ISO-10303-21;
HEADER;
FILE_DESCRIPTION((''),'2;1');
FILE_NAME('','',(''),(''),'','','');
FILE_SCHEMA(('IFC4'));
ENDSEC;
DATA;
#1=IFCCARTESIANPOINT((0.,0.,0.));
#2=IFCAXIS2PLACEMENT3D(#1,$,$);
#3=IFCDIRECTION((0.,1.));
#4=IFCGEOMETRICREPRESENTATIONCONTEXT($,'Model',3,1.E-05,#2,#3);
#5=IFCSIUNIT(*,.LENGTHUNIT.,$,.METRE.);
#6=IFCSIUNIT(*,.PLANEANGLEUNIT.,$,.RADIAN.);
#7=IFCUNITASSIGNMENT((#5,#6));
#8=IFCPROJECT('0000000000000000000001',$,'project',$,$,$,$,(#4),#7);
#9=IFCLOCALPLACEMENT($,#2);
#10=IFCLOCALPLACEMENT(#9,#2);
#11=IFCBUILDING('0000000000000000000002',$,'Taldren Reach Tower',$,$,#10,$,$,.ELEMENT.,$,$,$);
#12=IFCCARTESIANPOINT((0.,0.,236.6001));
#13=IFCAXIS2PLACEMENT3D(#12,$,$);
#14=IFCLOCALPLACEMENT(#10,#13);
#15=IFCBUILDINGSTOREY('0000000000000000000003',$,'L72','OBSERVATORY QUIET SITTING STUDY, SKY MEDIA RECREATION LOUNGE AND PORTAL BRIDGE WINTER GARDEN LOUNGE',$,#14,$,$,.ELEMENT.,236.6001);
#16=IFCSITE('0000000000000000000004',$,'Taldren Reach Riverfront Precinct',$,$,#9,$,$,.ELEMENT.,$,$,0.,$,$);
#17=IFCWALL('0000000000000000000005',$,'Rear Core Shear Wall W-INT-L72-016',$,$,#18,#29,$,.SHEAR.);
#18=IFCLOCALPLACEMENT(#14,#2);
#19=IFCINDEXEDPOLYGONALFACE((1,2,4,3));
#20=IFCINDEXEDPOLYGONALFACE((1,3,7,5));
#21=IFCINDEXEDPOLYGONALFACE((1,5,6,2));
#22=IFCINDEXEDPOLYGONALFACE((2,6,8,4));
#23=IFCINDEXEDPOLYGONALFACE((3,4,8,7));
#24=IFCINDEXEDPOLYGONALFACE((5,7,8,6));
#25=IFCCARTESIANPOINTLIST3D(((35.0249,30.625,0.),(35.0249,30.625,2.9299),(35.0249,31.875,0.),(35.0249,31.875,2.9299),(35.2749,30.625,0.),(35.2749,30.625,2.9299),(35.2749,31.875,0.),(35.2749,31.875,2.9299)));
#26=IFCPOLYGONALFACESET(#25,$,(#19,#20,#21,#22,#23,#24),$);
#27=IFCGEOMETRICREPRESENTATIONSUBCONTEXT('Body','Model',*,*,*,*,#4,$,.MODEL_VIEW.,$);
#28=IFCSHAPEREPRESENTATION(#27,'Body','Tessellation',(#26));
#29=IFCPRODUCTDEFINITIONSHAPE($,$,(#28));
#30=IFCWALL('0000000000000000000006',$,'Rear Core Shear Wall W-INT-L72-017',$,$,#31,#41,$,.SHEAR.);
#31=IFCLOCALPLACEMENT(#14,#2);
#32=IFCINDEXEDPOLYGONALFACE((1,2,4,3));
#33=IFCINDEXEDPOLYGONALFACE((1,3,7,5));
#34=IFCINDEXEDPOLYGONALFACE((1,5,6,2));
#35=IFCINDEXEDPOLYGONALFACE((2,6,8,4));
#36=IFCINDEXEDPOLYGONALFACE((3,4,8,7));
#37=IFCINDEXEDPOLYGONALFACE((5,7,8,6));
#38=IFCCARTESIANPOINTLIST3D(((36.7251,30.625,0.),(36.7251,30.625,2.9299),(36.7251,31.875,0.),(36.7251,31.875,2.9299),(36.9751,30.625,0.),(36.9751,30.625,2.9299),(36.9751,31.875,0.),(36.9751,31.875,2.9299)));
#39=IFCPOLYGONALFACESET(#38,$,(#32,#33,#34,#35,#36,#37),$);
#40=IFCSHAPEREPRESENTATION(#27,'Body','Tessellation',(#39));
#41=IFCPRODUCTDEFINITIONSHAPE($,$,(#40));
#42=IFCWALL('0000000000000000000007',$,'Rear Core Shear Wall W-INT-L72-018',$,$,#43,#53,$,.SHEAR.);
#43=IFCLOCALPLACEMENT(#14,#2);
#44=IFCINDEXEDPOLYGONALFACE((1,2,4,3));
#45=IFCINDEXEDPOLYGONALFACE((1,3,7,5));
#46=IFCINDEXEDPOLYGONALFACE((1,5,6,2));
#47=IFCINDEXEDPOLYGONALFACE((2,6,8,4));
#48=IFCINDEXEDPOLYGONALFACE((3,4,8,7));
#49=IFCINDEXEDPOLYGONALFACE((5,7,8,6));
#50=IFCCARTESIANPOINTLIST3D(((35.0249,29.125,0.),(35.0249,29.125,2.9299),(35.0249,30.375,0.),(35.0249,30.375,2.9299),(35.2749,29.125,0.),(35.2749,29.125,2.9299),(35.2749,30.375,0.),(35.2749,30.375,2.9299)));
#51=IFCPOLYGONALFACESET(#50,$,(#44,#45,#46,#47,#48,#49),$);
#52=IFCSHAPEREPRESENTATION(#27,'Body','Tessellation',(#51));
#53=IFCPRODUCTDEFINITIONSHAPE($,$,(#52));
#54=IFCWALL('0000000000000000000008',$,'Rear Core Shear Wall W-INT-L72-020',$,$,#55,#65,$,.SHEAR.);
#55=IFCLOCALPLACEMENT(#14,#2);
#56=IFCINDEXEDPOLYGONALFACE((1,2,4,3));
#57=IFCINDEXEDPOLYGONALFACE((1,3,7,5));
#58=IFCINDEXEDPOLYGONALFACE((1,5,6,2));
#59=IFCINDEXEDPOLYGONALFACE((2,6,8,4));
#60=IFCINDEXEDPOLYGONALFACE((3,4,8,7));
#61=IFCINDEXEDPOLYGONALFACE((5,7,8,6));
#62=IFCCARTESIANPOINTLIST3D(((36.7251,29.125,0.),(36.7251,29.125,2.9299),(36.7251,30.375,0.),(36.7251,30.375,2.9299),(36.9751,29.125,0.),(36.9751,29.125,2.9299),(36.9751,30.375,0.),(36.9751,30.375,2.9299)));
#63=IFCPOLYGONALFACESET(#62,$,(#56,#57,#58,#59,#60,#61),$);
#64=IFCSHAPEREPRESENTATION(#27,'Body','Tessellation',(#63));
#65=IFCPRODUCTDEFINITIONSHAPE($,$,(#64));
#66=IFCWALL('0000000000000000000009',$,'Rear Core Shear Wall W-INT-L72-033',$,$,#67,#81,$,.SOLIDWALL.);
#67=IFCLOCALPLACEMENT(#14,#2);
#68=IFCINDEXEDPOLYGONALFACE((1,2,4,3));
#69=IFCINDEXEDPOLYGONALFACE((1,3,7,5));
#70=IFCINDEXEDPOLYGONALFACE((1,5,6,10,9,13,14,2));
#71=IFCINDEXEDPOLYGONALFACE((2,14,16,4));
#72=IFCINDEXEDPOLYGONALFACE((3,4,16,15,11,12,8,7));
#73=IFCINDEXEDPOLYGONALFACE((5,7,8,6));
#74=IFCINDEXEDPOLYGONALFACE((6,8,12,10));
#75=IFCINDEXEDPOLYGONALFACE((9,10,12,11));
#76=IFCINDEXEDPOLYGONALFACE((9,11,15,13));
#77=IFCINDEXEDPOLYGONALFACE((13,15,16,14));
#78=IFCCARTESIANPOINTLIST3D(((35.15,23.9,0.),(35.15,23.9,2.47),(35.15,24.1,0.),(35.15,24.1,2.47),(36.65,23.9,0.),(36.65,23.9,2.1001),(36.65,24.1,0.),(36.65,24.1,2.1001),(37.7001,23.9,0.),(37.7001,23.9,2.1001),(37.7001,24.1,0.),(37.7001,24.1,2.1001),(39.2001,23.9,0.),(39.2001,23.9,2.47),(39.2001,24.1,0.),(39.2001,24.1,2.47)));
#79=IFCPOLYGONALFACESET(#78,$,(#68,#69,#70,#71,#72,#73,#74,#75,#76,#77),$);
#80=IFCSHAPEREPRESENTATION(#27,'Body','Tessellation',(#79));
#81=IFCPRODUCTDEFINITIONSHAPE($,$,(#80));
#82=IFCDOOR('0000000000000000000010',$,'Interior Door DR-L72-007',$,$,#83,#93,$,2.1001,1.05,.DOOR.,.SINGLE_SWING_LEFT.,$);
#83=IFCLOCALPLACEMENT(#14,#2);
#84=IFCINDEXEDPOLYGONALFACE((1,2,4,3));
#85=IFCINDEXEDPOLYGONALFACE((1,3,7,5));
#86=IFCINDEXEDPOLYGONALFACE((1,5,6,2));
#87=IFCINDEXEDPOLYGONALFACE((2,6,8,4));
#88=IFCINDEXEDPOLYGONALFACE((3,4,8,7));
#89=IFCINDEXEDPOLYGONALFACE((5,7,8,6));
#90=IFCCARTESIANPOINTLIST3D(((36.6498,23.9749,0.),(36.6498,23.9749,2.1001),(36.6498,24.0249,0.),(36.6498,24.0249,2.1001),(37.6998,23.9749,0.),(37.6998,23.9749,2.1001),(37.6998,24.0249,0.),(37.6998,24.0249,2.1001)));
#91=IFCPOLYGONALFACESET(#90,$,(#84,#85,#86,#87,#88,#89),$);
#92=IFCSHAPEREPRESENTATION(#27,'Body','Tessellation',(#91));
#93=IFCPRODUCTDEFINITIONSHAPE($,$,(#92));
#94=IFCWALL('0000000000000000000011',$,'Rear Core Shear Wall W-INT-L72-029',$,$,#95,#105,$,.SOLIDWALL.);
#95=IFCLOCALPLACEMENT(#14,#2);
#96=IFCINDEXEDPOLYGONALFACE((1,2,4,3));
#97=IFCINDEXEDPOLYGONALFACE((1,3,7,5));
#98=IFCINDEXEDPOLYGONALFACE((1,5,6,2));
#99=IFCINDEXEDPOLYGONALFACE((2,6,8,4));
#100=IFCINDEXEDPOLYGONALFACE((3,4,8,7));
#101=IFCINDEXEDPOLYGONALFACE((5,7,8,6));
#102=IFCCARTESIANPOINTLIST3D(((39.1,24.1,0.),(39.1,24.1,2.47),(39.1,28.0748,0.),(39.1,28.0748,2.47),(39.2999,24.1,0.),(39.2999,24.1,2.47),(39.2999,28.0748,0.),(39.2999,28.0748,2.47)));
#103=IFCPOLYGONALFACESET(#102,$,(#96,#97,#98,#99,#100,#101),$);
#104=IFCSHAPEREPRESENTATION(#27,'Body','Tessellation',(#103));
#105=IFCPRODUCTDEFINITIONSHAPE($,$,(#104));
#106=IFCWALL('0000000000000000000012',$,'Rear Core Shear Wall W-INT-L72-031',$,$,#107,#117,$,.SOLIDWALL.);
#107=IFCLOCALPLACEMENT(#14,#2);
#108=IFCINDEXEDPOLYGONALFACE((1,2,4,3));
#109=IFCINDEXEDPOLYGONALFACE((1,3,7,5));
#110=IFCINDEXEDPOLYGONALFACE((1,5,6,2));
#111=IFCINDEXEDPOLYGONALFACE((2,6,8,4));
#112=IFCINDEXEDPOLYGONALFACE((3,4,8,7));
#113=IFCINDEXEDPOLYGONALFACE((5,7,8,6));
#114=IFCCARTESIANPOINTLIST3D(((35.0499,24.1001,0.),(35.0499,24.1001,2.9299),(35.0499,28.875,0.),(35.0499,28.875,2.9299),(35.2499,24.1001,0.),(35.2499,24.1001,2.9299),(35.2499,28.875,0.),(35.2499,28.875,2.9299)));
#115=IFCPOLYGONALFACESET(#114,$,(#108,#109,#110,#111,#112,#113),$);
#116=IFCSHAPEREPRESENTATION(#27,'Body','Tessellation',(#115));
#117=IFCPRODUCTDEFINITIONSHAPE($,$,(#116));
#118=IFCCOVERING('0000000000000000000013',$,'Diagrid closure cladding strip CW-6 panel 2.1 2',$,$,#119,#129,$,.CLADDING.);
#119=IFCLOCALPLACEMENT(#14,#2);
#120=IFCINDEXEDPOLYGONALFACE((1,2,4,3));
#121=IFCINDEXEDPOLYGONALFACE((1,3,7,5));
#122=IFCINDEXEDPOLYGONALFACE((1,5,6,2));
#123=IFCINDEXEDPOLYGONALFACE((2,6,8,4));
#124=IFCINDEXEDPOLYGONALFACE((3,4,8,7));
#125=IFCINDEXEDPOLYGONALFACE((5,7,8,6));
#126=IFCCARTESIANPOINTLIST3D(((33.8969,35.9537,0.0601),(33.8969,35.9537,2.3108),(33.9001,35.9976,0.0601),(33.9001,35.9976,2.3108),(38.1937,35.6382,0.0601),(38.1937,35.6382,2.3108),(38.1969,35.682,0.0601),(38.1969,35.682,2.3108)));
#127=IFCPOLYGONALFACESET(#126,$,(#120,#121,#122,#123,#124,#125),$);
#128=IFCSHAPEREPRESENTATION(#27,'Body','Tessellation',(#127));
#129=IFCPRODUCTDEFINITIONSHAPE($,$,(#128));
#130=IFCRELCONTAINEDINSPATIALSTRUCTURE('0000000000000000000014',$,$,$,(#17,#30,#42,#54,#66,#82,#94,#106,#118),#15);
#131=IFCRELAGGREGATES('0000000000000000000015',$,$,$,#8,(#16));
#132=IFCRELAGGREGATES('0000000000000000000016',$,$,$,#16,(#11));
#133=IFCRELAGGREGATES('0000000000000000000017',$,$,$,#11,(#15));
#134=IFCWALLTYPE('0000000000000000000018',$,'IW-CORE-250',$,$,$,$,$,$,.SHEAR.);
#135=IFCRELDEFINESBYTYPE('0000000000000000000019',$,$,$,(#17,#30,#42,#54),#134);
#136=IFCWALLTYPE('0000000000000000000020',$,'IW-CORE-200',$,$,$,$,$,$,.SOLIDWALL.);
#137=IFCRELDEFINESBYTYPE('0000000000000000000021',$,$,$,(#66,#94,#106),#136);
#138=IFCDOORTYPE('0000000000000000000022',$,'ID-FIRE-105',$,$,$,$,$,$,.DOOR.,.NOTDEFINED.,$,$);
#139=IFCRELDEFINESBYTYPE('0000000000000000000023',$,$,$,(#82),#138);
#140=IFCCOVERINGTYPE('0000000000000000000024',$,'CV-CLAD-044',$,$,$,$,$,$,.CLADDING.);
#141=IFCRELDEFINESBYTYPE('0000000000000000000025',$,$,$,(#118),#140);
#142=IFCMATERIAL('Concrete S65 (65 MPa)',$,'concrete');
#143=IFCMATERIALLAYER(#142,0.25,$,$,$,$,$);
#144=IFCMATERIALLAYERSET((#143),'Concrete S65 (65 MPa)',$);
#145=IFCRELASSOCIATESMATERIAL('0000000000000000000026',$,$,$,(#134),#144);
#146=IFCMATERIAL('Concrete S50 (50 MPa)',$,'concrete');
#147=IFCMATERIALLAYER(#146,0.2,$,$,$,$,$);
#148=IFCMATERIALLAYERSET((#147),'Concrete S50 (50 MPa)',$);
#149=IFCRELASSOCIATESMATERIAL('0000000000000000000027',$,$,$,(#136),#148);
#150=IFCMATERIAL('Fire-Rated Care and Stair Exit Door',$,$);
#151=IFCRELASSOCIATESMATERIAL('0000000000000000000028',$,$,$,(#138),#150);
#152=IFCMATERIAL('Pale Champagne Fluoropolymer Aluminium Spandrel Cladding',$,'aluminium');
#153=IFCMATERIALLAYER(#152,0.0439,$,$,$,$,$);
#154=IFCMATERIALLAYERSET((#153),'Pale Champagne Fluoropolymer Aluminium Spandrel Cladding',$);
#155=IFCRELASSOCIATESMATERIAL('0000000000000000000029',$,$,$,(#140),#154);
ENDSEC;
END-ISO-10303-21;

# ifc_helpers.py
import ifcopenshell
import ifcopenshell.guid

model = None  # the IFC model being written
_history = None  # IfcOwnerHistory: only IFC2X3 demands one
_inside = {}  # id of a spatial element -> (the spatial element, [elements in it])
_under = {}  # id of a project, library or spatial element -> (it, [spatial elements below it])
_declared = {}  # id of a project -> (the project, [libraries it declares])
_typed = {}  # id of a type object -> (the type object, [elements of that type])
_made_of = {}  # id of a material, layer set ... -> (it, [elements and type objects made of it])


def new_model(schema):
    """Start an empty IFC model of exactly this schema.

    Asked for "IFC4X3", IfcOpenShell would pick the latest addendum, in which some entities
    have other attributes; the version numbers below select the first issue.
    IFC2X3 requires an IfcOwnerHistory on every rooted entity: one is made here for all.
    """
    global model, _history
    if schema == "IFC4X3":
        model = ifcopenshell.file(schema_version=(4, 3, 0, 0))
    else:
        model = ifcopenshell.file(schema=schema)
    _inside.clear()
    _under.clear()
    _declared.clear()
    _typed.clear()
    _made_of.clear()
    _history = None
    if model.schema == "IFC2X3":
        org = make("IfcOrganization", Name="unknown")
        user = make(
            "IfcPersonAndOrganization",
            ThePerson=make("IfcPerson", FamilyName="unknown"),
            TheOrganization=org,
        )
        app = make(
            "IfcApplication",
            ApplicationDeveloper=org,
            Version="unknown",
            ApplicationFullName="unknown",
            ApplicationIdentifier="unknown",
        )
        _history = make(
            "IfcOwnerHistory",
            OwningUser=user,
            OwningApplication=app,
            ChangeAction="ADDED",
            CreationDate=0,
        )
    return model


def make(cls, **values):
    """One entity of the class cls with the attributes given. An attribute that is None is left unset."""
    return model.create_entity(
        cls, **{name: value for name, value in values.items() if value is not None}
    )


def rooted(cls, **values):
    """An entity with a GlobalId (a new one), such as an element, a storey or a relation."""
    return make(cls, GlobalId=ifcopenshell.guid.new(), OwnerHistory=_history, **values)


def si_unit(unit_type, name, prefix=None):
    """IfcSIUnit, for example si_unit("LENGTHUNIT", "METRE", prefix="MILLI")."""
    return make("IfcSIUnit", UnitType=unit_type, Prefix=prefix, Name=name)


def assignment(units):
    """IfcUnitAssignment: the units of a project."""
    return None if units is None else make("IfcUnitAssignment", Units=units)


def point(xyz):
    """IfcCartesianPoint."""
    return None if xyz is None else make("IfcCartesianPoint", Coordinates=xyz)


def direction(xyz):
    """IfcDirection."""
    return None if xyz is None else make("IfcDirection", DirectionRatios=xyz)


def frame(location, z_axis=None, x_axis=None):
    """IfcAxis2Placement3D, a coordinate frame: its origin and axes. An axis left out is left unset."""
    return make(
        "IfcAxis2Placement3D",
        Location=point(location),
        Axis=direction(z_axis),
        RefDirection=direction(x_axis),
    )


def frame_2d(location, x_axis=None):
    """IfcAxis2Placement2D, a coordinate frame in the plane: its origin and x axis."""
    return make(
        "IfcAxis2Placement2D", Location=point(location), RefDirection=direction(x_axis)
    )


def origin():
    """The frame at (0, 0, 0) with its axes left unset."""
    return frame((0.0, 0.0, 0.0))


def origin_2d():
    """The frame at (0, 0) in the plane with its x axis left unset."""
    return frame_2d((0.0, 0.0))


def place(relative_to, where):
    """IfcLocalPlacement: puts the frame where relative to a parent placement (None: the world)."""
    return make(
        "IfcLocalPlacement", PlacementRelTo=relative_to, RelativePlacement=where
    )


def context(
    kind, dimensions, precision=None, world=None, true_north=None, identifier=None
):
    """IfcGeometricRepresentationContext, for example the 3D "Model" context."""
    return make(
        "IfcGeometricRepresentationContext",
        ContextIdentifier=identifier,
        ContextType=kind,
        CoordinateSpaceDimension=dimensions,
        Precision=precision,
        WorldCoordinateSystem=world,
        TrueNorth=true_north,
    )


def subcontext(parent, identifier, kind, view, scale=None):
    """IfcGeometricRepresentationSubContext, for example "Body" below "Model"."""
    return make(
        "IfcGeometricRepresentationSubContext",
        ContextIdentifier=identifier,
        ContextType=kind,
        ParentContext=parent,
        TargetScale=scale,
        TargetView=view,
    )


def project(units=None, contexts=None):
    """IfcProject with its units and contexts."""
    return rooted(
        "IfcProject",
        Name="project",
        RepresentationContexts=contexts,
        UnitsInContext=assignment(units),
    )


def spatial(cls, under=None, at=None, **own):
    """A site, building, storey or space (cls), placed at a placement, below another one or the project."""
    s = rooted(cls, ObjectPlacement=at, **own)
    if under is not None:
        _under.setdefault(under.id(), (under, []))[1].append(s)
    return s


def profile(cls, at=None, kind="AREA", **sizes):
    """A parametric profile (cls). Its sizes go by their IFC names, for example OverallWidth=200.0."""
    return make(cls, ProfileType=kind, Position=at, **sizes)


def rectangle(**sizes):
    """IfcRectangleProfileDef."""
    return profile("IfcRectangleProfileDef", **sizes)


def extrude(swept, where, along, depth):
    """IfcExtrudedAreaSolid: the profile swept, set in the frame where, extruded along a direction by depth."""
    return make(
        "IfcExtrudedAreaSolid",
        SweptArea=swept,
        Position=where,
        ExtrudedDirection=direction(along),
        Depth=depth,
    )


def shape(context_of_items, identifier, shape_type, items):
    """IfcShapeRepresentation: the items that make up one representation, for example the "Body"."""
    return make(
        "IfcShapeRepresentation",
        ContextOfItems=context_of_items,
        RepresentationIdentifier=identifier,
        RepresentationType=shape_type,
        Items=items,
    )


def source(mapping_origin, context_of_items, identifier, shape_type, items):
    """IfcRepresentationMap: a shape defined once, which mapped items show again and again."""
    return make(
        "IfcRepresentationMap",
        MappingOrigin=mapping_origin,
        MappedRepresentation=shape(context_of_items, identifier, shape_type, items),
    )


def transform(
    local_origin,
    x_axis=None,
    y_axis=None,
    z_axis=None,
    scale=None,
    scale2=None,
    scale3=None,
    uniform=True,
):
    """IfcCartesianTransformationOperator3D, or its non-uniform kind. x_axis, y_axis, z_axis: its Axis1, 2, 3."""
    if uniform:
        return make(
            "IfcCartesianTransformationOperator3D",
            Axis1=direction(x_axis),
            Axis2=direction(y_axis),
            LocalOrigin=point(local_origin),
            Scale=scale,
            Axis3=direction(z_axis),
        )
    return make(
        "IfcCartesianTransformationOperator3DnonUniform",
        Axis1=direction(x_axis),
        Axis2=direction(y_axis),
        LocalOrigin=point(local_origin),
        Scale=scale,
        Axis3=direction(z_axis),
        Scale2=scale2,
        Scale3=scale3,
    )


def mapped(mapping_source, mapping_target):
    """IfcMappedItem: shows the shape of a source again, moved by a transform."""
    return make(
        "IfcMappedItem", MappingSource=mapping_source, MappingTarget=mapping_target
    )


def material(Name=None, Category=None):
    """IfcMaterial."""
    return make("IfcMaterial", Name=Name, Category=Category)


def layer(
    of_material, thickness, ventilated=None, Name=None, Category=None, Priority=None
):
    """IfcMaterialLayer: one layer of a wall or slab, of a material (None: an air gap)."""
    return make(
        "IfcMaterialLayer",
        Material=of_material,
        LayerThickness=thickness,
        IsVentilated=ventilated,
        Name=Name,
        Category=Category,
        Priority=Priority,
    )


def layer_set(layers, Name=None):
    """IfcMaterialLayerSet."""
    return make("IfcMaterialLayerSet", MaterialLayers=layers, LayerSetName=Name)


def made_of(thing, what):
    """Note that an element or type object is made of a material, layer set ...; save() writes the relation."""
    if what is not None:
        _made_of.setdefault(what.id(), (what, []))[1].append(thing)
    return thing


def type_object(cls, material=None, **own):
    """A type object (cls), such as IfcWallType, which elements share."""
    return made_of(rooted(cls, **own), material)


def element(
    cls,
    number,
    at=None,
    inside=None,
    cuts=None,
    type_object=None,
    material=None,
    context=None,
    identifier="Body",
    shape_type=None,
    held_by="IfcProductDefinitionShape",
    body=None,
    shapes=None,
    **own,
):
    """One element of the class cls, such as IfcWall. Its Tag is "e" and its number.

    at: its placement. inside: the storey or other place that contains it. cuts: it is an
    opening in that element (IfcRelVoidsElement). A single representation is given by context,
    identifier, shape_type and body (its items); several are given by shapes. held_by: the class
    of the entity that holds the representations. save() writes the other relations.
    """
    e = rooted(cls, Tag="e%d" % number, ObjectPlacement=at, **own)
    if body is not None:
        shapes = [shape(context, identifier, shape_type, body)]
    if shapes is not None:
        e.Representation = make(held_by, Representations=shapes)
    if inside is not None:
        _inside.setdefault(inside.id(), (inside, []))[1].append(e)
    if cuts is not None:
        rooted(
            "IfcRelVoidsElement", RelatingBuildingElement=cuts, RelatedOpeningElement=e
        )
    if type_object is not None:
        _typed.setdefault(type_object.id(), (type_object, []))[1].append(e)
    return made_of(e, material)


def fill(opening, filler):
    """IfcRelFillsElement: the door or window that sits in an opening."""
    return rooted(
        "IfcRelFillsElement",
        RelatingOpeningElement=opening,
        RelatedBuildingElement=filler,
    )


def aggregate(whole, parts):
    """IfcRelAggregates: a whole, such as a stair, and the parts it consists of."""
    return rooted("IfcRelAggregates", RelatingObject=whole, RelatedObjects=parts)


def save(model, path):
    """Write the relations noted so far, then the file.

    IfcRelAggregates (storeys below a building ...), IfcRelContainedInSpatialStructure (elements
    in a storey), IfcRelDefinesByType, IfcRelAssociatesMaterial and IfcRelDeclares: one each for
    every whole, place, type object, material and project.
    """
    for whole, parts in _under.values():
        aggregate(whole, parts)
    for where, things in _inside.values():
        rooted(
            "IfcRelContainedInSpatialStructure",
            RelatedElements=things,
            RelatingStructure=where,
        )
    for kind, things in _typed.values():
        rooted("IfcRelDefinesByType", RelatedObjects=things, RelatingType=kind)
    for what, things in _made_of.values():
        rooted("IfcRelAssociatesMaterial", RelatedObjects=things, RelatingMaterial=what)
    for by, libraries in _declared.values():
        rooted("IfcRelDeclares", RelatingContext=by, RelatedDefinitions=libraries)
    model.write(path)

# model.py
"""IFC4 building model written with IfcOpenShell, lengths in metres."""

from ifc_helpers import new_model, si_unit, direction, frame, frame_2d, origin, origin_2d, place, context, subcontext, project, spatial, rectangle, extrude, source, transform, mapped, material, layer, layer_set, type_object, element, fill, save


model = new_model("IFC4")

# Units and contexts
model_context = context("Model", 3, precision=1e-05, world=origin(), true_north=direction((0.0, 1.0)))
body_context = subcontext(model_context, "Body", "Model", "MODEL_VIEW")
ifc_project = project(units=[si_unit("LENGTHUNIT", "METRE"), si_unit("PLANEANGLEUNIT", "RADIAN")], contexts=[model_context])

# Site, building, storey
site_placement = place(None, origin())
site = spatial("IfcSite", under=ifc_project, at=site_placement, Name="Taldren Reach Riverfront Precinct", CompositionType="ELEMENT", RefElevation=0.0)
building_placement = place(site_placement, origin())
building = spatial("IfcBuilding", under=site, at=building_placement, Name="Taldren Reach Tower", CompositionType="ELEMENT")
storey_placement = place(building_placement, frame((0.0, 0.0, 236.6001)))
storey = spatial("IfcBuildingStorey", under=building, at=storey_placement, Name="L72", Description="OBSERVATORY QUIET SITTING STUDY, SKY MEDIA RECREATION LOUNGE AND PORTAL BRIDGE WINTER GARDEN LOUNGE", CompositionType="ELEMENT", Elevation=236.6001)

# Walls
ifc_material_1 = material(Name="Concrete S65 (65 MPa)", Category="concrete")
ifc_layer_1 = layer(ifc_material_1, 0.25)
ifc_layer_set_1 = layer_set([ifc_layer_1], Name="Concrete S65 (65 MPa)")
wall_type_1 = type_object("IfcWallType", Name="IW-CORE-250", PredefinedType="SHEAR", material=ifc_layer_set_1)
shared_shape_1 = source(origin(), body_context, "Body", "SweptSolid", [
    extrude(rectangle(XDim=1.25, YDim=0.25, at=frame_2d((0.625, 0.0))), origin(), (0.0, 0.0, 1.0), 2.9299),
])
for number, where, z_axis, x_axis, name in (
    (1, (35.1499, 31.875, 0.0), (0.0, 0.0, 1.0), (0.0, -1.0, 0.0), "Rear Core Shear Wall W-INT-L72-016"),
    (2, (36.8501, 30.625, 0.0), (0.0, 0.0, 1.0), (0.0, 1.0, 0.0), "Rear Core Shear Wall W-INT-L72-017"),
    (3, (35.1499, 30.375, 0.0), (0.0, 0.0, 1.0), (0.0, -1.0, 0.0), "Rear Core Shear Wall W-INT-L72-018"),
    (4, (36.8501, 29.125, 0.0), (0.0, 0.0, 1.0), (0.0, 1.0, 0.0), "Rear Core Shear Wall W-INT-L72-020"),
):
    element("IfcWall", number, at=place(storey_placement, frame(where, z_axis=z_axis, x_axis=x_axis)), inside=storey, type_object=wall_type_1, Name=name, PredefinedType="SHEAR", context=body_context, shape_type="MappedRepresentation", body=[
        mapped(shared_shape_1, transform((0.0, 0.0, 0.0), scale=1.0)),
    ])

# Wall, opening, door
ifc_material_2 = material(Name="Concrete S50 (50 MPa)", Category="concrete")
ifc_layer_2 = layer(ifc_material_2, 0.2)
ifc_layer_set_2 = layer_set([ifc_layer_2], Name="Concrete S50 (50 MPa)")
wall_type_2 = type_object("IfcWallType", Name="IW-CORE-200", PredefinedType="SOLIDWALL", material=ifc_layer_set_2)
shared_shape_2 = source(origin(), body_context, "Body", "SweptSolid", [
    extrude(rectangle(XDim=4.05, YDim=0.2, at=frame_2d((2.0249, 0.0))), origin(), (0.0, 0.0, 1.0), 2.47),
])
wall_1_placement = place(storey_placement, frame((39.2, 24.0, 0.0), z_axis=(0.0, 0.0, 1.0), x_axis=(-1.0, 0.0, 0.0)))
wall_1 = element("IfcWall", 5, at=wall_1_placement, inside=storey, type_object=wall_type_2, Name="Rear Core Shear Wall W-INT-L72-033", PredefinedType="SOLIDWALL", context=body_context, shape_type="MappedRepresentation", body=[
    mapped(shared_shape_2, transform((0.0, 0.0, 0.0), scale=1.0)),
])
shared_shape_3 = source(origin(), body_context, "Body", "SweptSolid", [
    extrude(rectangle(XDim=1.05, YDim=2.1001, at=frame_2d((0.5249, 1.05))), frame((0.0, 0.1099, 0.0), z_axis=(0.0, -1.0, 0.0), x_axis=(1.0, 0.0, 0.0)), (0.0, 0.0, 1.0), 0.22),
])
opening_1_placement = place(wall_1_placement, frame((1.5, 0.0, 0.0)))
opening_1 = element("IfcOpeningElement", 6, at=opening_1_placement, cuts=wall_1, PredefinedType="OPENING", context=body_context, shape_type="MappedRepresentation", body=[
    mapped(shared_shape_3, transform((0.0, 0.0, 0.0), scale=1.0)),
])
ifc_material_3 = material(Name="Fire-Rated Care and Stair Exit Door")
door_type_1 = type_object("IfcDoorType", Name="ID-FIRE-105", OperationType="NOTDEFINED", PredefinedType="DOOR", material=ifc_material_3)
shared_shape_4 = source(origin(), body_context, "Body", "SweptSolid", [
    extrude(rectangle(XDim=1.05, YDim=2.1001, at=frame_2d((0.5249, 1.05))), frame((0.0, 0.0249, 0.0), z_axis=(0.0, -1.0, 0.0), x_axis=(1.0, 0.0, 0.0)), (0.0, 0.0, 1.0), 0.05),
])
door_1_placement = place(opening_1_placement, frame((1.05, 0.0, 0.0), z_axis=(0.0, 0.0, 1.0), x_axis=(-1.0, 0.0, 0.0)))
door_1 = element("IfcDoor", 7, at=door_1_placement, inside=storey, type_object=door_type_1, Name="Interior Door DR-L72-007", OperationType="SINGLE_SWING_LEFT", OverallHeight=2.1001, OverallWidth=1.05, PredefinedType="DOOR", context=body_context, shape_type="MappedRepresentation", body=[
    mapped(shared_shape_4, transform((0.0, 0.0, 0.0), scale=1.0)),
])
fill(opening_1, door_1)

# Walls
shared_shape_5 = source(origin(), body_context, "Body", "SweptSolid", [
    extrude(rectangle(XDim=3.9749, YDim=0.2, at=frame_2d((1.9873, 0.0))), origin(), (0.0, 0.0, 1.0), 2.47),
])
wall_2_placement = place(storey_placement, frame((39.2, 24.1001, 0.0), z_axis=(0.0, 0.0, 1.0), x_axis=(0.0, 1.0, 0.0)))
element("IfcWall", 8, at=wall_2_placement, inside=storey, type_object=wall_type_2, Name="Rear Core Shear Wall W-INT-L72-029", PredefinedType="SOLIDWALL", context=body_context, shape_type="MappedRepresentation", body=[
    mapped(shared_shape_5, transform((0.0, 0.0, 0.0), scale=1.0)),
])
shared_shape_6 = source(origin(), body_context, "Body", "SweptSolid", [
    extrude(rectangle(XDim=4.7749, YDim=0.2, at=frame_2d((2.3875, 0.0))), origin(), (0.0, 0.0, 1.0), 2.9299),
])
wall_3_placement = place(storey_placement, frame((35.1499, 28.875, 0.0), z_axis=(0.0, 0.0, 1.0), x_axis=(0.0, -1.0, 0.0)))
element("IfcWall", 9, at=wall_3_placement, inside=storey, type_object=wall_type_2, Name="Rear Core Shear Wall W-INT-L72-031", PredefinedType="SOLIDWALL", context=body_context, shape_type="MappedRepresentation", body=[
    mapped(shared_shape_6, transform((0.0, 0.0, 0.0), scale=1.0)),
])

# Covering
ifc_material_4 = material(Name="Pale Champagne Fluoropolymer Aluminium Spandrel Cladding", Category="aluminium")
ifc_layer_3 = layer(ifc_material_4, 0.0439)
ifc_layer_set_3 = layer_set([ifc_layer_3], Name="Pale Champagne Fluoropolymer Aluminium Spandrel Cladding")
covering_type = type_object("IfcCoveringType", Name="CV-CLAD-044", PredefinedType="CLADDING", material=ifc_layer_set_3)
shared_shape_7 = source(origin(), body_context, "Body", "SweptSolid", [
    extrude(rectangle(XDim=4.3083, YDim=0.0439, at=origin_2d()), origin(), (0.0, 0.0, 1.0), 2.2507),
])
covering_placement = place(storey_placement, frame((36.0469, 35.8179, 0.0601), z_axis=(0.0, 0.0, 1.0), x_axis=(-0.997314, 0.073238, 0.0)))
element("IfcCovering", 10, at=covering_placement, inside=storey, type_object=covering_type, Name="Diagrid closure cladding strip CW-6 panel 2.1 2", PredefinedType="CLADDING", context=body_context, shape_type="MappedRepresentation", body=[
    mapped(shared_shape_7, transform((0.0, 0.0, 0.0), scale=1.0)),
])

save(model, "model.ifc")
